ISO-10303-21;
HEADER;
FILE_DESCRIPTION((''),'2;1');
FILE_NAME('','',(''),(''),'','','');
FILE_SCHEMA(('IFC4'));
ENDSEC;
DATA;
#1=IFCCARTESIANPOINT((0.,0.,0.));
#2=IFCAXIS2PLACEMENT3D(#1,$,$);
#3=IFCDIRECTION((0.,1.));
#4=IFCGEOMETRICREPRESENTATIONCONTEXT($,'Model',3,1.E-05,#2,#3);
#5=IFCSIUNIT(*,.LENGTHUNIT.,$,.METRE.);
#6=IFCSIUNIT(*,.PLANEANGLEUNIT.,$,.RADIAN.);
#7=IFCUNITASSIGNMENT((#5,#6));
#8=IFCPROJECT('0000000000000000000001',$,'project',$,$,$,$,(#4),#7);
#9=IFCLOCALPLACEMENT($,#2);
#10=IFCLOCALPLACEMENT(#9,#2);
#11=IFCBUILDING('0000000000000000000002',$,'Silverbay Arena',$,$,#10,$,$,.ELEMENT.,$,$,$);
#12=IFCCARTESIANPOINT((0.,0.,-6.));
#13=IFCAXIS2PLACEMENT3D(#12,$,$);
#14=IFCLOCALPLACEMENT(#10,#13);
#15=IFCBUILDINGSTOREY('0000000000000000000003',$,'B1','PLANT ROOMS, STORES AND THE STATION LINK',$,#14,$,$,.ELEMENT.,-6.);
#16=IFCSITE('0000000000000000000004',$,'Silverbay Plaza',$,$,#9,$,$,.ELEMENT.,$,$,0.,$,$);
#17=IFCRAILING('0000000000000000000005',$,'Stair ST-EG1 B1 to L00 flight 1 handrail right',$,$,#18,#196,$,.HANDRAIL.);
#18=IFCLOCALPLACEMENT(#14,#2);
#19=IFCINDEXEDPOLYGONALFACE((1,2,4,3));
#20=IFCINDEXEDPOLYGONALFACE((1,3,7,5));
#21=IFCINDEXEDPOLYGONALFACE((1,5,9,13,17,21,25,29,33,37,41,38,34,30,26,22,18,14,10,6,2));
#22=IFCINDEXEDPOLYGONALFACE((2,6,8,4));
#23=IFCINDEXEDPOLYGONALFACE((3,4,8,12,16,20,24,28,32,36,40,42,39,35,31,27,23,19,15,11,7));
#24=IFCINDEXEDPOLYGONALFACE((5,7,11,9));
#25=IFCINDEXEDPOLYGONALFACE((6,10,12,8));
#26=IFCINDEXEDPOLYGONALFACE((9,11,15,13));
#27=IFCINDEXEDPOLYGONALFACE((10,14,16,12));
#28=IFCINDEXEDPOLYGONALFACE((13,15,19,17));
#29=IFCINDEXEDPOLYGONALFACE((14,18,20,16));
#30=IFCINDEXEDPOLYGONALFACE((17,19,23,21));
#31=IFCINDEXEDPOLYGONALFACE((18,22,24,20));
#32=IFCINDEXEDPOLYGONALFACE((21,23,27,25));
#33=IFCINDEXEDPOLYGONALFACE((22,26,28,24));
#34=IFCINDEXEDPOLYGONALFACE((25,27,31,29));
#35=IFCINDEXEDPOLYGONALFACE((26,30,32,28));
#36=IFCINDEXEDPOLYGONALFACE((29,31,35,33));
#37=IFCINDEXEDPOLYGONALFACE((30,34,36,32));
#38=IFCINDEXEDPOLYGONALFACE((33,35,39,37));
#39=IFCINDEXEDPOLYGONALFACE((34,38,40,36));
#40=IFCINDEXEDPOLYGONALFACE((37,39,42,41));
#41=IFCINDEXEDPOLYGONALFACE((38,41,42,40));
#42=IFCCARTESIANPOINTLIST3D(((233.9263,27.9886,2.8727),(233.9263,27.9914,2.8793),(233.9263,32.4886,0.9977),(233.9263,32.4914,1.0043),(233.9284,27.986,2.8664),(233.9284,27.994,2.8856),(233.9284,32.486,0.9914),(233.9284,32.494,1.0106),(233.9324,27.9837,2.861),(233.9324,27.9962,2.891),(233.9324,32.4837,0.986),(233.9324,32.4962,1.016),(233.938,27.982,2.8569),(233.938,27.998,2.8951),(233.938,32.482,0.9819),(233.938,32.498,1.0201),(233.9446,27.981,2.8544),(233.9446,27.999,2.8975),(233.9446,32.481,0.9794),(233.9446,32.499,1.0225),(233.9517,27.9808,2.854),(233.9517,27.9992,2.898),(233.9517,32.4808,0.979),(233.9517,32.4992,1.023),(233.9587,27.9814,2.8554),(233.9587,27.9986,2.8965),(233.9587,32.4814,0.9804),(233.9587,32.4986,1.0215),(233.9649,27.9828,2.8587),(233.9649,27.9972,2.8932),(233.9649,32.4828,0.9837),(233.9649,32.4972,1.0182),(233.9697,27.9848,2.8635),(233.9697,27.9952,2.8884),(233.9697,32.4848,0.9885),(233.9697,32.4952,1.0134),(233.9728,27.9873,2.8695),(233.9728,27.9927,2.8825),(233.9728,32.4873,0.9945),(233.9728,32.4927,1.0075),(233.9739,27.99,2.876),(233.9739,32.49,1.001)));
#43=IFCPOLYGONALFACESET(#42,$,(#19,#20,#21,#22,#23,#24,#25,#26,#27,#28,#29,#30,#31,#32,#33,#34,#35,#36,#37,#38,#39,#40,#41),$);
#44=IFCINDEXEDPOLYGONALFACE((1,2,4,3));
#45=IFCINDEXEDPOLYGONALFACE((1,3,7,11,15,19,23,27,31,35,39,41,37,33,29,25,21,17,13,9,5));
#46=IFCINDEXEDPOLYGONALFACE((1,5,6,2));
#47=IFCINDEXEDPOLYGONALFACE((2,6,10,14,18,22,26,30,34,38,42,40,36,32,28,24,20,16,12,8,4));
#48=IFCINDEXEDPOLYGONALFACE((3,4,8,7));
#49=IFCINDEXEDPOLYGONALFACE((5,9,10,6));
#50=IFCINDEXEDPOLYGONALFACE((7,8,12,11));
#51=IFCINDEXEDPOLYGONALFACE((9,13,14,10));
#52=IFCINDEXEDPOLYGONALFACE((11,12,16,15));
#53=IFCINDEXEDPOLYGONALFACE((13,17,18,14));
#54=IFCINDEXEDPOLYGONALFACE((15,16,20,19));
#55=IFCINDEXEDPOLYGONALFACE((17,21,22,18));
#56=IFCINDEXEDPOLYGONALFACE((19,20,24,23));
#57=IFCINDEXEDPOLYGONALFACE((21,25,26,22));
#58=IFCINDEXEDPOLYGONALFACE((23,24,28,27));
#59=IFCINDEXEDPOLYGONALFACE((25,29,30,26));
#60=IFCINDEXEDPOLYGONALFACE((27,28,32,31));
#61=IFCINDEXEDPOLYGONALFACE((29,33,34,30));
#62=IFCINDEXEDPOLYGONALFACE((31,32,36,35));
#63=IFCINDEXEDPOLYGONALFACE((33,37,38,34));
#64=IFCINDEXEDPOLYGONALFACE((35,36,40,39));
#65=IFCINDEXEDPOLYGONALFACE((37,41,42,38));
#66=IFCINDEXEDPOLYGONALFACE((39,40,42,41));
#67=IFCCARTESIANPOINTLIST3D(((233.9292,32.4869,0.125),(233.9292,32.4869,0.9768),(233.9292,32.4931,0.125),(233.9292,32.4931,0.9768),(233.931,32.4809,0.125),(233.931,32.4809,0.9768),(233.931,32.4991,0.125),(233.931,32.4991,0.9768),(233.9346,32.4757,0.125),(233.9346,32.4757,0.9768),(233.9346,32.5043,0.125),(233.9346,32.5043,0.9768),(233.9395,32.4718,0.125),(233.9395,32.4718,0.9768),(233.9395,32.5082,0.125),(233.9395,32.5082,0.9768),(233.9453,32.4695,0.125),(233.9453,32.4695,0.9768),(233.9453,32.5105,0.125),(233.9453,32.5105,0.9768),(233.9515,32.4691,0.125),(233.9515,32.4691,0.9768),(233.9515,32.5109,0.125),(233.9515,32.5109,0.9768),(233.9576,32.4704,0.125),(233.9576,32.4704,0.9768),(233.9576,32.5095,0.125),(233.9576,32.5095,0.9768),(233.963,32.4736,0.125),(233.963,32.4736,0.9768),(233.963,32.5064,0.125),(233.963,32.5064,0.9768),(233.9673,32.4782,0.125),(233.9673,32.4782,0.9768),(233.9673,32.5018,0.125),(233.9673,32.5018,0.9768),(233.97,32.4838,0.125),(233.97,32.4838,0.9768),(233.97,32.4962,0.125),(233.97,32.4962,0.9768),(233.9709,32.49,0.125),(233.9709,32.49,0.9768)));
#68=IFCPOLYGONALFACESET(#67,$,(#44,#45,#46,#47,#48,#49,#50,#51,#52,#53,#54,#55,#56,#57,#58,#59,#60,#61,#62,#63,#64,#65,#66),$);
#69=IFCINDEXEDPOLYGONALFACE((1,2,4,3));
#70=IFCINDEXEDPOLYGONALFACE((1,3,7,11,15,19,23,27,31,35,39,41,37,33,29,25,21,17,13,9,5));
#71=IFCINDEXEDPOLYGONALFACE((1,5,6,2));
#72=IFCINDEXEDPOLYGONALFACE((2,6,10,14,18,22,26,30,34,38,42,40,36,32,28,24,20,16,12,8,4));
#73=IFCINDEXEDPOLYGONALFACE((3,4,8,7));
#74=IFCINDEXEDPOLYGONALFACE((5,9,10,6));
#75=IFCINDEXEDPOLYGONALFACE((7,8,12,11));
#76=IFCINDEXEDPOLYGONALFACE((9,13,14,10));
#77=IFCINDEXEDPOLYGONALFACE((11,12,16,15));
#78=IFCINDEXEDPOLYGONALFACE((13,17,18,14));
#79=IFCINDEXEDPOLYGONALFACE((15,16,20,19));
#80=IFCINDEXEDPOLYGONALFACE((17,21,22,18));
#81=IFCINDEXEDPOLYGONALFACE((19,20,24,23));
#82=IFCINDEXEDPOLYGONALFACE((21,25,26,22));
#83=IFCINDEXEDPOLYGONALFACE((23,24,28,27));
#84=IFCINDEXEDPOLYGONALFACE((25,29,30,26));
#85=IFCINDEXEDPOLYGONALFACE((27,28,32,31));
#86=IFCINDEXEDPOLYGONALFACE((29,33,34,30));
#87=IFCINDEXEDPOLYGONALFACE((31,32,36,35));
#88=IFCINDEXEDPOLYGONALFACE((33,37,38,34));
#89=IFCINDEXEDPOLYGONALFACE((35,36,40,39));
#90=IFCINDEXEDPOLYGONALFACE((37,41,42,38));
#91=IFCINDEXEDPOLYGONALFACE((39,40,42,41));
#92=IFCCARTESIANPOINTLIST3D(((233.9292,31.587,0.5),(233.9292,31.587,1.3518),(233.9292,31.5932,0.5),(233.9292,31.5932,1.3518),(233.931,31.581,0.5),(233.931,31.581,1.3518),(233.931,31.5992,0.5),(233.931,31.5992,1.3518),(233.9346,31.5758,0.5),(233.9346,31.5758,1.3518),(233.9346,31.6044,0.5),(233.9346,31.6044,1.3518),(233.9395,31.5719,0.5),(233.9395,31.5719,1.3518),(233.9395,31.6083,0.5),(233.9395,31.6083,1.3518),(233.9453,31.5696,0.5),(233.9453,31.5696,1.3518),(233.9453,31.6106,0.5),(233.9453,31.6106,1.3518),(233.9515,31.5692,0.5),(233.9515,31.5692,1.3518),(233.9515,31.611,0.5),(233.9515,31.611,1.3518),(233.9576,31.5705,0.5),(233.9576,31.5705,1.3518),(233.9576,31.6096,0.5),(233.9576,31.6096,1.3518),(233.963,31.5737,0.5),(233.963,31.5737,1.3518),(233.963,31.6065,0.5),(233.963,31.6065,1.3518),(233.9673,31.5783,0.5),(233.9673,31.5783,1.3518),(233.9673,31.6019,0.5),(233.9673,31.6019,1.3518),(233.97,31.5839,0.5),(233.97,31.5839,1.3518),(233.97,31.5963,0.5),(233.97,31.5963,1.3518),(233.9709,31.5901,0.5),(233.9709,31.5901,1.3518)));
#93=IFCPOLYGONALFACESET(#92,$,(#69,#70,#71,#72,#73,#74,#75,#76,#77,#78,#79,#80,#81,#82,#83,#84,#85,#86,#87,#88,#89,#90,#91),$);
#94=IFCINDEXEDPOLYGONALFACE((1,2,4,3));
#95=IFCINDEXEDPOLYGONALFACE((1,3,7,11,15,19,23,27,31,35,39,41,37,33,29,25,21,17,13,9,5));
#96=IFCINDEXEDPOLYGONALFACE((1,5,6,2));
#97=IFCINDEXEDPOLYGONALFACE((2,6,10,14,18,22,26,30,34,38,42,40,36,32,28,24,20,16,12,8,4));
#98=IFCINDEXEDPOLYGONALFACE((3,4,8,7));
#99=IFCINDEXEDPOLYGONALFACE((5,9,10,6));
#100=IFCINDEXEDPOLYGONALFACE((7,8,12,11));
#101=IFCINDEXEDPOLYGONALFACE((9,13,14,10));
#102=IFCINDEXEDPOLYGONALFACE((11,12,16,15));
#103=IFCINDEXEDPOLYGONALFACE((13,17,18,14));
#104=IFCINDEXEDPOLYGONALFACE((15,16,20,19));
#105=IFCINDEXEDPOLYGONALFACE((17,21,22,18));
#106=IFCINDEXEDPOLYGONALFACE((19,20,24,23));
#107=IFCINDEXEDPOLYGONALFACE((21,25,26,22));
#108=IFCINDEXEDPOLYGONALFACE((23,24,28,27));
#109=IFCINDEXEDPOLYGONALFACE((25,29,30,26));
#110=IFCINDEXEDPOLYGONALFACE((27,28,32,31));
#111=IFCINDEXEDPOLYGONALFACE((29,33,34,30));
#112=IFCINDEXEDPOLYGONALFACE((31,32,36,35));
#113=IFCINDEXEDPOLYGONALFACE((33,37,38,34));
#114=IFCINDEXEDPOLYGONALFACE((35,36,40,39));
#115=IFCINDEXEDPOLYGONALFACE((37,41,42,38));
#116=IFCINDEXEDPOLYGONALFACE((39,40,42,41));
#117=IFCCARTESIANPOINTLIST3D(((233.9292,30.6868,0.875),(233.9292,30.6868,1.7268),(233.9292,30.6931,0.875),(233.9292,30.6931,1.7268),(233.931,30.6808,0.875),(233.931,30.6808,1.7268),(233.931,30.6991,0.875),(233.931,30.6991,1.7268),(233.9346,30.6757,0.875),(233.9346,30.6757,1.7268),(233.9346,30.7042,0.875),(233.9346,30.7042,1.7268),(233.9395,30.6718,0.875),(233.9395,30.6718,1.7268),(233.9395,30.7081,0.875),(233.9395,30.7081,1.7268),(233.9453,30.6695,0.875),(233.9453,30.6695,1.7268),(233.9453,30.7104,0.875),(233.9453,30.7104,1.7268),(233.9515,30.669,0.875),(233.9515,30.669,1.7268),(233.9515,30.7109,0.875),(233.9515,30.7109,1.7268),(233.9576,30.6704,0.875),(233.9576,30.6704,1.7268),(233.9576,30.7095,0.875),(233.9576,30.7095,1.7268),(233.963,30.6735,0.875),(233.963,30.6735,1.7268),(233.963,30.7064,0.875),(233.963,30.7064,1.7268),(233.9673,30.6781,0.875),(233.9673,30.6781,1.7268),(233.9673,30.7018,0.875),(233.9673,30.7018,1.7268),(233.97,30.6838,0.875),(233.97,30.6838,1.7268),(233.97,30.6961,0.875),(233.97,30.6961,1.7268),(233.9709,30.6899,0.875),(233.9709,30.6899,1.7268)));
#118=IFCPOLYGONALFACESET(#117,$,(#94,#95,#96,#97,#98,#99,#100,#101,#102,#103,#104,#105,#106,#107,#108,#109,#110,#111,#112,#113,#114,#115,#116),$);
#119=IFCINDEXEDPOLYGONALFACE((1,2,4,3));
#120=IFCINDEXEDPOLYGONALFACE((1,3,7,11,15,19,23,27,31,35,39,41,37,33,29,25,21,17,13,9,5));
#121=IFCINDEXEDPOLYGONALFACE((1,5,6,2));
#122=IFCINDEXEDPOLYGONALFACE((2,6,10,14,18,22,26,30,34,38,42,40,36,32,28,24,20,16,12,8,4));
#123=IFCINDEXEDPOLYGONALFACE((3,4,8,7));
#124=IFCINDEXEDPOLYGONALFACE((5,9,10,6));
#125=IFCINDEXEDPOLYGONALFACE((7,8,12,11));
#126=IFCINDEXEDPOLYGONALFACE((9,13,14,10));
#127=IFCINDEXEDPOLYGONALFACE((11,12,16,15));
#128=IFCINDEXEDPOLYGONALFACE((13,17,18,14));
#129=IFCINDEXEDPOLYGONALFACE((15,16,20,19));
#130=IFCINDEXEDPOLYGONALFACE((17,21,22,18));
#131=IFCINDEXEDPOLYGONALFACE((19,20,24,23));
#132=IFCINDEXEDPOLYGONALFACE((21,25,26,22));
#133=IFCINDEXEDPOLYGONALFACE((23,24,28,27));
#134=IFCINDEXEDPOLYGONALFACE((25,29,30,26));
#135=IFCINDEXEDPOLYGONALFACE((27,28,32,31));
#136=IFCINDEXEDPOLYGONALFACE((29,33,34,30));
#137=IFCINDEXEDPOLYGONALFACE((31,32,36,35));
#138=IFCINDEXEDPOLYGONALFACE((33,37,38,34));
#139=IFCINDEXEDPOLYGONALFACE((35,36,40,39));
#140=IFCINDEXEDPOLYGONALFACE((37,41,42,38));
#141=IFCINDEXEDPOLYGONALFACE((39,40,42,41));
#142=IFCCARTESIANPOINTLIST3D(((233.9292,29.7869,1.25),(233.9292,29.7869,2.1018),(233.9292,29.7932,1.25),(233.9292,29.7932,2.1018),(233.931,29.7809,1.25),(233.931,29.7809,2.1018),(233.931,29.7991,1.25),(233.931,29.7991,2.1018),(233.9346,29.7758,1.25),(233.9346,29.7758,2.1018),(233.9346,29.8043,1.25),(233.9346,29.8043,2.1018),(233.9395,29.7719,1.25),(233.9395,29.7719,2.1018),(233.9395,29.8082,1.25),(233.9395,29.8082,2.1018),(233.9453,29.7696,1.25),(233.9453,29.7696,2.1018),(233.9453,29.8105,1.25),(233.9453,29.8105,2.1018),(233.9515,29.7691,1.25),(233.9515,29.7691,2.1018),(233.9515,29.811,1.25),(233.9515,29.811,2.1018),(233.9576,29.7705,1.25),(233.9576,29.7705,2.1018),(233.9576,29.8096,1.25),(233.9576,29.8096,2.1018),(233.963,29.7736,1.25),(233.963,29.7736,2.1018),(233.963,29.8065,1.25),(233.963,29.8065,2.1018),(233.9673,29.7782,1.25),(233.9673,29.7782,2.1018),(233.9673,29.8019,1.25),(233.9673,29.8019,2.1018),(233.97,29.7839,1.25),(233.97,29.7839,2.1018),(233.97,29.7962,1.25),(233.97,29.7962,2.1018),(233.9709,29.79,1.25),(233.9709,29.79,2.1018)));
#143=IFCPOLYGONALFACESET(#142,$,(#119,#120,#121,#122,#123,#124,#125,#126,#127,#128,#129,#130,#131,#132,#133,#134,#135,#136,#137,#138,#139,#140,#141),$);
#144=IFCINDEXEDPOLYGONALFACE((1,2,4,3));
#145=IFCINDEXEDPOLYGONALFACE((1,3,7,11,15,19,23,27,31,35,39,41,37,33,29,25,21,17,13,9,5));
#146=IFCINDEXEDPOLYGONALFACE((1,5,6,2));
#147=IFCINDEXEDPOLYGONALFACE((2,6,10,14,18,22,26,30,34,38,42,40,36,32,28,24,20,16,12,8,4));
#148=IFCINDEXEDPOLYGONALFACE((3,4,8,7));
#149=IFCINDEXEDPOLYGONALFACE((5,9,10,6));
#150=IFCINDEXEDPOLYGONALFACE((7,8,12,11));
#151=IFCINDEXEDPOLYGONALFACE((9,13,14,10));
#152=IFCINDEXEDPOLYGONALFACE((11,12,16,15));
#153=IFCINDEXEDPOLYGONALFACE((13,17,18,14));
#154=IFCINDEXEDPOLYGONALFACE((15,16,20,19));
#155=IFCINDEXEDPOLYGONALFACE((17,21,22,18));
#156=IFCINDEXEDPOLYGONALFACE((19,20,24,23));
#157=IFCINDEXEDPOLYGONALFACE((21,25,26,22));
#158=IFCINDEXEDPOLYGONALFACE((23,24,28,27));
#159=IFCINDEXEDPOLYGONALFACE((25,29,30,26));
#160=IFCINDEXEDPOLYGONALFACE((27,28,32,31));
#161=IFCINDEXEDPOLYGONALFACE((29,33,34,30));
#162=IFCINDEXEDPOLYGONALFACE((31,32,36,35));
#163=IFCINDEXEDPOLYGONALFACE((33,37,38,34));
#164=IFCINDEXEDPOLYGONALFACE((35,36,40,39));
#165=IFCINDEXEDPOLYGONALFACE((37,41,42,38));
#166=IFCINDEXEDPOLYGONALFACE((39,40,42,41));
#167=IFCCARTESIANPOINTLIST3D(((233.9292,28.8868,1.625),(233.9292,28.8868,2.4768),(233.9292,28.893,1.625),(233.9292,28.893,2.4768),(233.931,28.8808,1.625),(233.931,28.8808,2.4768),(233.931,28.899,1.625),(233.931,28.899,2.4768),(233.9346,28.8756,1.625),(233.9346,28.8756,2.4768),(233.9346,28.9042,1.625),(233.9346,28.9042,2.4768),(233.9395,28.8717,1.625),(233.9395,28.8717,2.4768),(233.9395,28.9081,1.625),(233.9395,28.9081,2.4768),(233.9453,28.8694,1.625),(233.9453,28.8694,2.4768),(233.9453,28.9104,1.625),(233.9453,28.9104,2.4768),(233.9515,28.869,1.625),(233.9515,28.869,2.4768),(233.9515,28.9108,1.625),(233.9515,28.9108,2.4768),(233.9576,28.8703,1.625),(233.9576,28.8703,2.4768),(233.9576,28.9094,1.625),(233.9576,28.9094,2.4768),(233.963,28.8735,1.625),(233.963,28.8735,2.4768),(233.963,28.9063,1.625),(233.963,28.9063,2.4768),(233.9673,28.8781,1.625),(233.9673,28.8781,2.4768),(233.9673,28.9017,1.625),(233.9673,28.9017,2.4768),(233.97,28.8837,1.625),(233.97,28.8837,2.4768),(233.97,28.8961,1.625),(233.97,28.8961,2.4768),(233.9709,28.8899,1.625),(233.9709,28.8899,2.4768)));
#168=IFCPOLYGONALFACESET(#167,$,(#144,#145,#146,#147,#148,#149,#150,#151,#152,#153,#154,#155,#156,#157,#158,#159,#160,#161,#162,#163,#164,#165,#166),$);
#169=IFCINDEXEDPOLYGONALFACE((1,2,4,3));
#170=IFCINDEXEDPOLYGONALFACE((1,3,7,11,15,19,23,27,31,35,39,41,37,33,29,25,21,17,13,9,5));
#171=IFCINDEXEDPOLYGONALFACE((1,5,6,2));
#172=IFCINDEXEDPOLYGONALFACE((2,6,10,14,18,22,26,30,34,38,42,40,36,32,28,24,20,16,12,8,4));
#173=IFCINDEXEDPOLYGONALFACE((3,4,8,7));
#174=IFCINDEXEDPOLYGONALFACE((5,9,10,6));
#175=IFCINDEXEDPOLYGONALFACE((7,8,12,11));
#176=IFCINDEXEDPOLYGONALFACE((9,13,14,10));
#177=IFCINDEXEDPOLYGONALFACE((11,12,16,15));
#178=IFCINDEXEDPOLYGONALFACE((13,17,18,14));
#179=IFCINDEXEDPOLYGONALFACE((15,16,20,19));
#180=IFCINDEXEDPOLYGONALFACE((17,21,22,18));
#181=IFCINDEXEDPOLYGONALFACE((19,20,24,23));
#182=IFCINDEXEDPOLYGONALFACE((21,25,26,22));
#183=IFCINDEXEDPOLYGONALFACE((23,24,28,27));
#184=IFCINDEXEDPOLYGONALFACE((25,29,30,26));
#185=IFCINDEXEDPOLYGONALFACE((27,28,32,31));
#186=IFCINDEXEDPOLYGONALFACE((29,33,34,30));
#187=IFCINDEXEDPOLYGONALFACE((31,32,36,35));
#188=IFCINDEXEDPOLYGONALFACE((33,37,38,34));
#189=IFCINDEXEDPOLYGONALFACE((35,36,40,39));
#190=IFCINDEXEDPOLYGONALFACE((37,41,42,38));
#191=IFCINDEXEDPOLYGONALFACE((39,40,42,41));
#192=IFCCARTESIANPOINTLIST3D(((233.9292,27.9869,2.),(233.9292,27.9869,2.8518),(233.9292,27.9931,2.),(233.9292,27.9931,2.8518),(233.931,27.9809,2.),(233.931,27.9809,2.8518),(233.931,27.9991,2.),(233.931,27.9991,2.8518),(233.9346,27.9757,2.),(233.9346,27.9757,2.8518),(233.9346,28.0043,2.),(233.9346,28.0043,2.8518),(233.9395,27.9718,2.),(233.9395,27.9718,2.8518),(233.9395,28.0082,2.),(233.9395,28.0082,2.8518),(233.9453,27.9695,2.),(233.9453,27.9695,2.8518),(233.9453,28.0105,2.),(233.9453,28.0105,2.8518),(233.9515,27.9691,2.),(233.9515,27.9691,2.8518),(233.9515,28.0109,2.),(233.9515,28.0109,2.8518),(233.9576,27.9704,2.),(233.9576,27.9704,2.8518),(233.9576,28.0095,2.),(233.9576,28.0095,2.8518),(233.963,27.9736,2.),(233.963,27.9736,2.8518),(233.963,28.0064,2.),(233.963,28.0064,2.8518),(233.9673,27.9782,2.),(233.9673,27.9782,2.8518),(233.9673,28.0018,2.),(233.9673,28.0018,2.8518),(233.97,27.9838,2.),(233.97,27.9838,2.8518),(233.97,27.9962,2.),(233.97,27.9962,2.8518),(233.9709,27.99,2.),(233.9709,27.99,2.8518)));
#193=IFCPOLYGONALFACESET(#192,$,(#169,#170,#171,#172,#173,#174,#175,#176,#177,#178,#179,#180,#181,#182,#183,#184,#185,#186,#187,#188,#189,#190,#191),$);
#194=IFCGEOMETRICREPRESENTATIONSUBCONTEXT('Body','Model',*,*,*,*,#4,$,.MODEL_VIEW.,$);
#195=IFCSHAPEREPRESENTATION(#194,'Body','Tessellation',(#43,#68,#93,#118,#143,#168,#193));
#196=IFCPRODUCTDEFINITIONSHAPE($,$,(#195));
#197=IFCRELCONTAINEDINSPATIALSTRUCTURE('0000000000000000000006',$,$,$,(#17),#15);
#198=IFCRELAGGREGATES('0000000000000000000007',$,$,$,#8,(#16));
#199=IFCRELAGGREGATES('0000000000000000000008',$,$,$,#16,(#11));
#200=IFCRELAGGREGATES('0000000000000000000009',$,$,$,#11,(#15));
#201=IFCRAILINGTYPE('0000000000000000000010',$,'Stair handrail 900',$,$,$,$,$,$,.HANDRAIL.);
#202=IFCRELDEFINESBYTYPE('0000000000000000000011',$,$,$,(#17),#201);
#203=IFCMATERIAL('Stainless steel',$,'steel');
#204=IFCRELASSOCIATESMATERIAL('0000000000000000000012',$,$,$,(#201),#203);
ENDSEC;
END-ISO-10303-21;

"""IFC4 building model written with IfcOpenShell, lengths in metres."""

from ifc_helpers import new_model, si_unit, direction, frame, origin, origin_2d, place, context, subcontext, project, spatial, circle, extrude, material, type_object, element, save


model = new_model("IFC4")

# Units and contexts
model_context = context("Model", 3, precision=1e-05, world=origin(), true_north=direction((0.0, 1.0)))
body_context = subcontext(model_context, "Body", "Model", "MODEL_VIEW")
ifc_project = project(units=[si_unit("LENGTHUNIT", "METRE"), si_unit("PLANEANGLEUNIT", "RADIAN")], contexts=[model_context])

# Site, building, storey
site_placement = place(None, origin())
site = spatial("IfcSite", under=ifc_project, at=site_placement, Name="Silverbay Plaza", CompositionType="ELEMENT", RefElevation=0.0)
building_placement = place(site_placement, origin())
building = spatial("IfcBuilding", under=site, at=building_placement, Name="Silverbay Arena", CompositionType="ELEMENT")
storey_placement = place(building_placement, frame((0.0, 0.0, -6.0)))
storey = spatial("IfcBuildingStorey", under=building, at=storey_placement, Name="B1", Description="PLANT ROOMS, STORES AND THE STATION LINK", CompositionType="ELEMENT", Elevation=-6.0)

# Railing
ifc_material_1 = material(Name="Stainless steel", Category="steel")
railing_type_1 = type_object("IfcRailingType", Name="Stair handrail 900", PredefinedType="HANDRAIL", material=ifc_material_1)
for number, where, name in (
    (1, (233.95, 32.49, 0.125), "Stair ST-EG1 B1 to L00 flight 1 handrail right"),
):
    element("IfcRailing", number, at=place(storey_placement, frame(where)), inside=storey, type_object=railing_type_1, Name=name, PredefinedType="HANDRAIL", context=body_context, shape_type="SweptSolid", body=[
        extrude(circle(Radius=0.0239, at=origin_2d()), frame((0.0, 0.0, 0.876), z_axis=(0.0, -0.923077, 0.384615), x_axis=(1.0, 0.0, 0.0)), (0.0, 0.0, 1.0), 4.875),
        extrude(circle(Radius=0.021, at=origin_2d()), origin(), (0.0, 0.0, 1.0), 0.8518),
        extrude(circle(Radius=0.021, at=origin_2d()), frame((0.0, -0.8999, 0.375)), (0.0, 0.0, 1.0), 0.8518),
        extrude(circle(Radius=0.021, at=origin_2d()), frame((0.0, -1.8, 0.75)), (0.0, 0.0, 1.0), 0.8518),
        extrude(circle(Radius=0.021, at=origin_2d()), frame((0.0, -2.7, 1.125)), (0.0, 0.0, 1.0), 0.8518),
        extrude(circle(Radius=0.021, at=origin_2d()), frame((0.0, -3.6001, 1.5)), (0.0, 0.0, 1.0), 0.8518),
        extrude(circle(Radius=0.021, at=origin_2d()), frame((0.0, -4.5, 1.875)), (0.0, 0.0, 1.0), 0.8518),
    ])

save(model, "model.ifc")
